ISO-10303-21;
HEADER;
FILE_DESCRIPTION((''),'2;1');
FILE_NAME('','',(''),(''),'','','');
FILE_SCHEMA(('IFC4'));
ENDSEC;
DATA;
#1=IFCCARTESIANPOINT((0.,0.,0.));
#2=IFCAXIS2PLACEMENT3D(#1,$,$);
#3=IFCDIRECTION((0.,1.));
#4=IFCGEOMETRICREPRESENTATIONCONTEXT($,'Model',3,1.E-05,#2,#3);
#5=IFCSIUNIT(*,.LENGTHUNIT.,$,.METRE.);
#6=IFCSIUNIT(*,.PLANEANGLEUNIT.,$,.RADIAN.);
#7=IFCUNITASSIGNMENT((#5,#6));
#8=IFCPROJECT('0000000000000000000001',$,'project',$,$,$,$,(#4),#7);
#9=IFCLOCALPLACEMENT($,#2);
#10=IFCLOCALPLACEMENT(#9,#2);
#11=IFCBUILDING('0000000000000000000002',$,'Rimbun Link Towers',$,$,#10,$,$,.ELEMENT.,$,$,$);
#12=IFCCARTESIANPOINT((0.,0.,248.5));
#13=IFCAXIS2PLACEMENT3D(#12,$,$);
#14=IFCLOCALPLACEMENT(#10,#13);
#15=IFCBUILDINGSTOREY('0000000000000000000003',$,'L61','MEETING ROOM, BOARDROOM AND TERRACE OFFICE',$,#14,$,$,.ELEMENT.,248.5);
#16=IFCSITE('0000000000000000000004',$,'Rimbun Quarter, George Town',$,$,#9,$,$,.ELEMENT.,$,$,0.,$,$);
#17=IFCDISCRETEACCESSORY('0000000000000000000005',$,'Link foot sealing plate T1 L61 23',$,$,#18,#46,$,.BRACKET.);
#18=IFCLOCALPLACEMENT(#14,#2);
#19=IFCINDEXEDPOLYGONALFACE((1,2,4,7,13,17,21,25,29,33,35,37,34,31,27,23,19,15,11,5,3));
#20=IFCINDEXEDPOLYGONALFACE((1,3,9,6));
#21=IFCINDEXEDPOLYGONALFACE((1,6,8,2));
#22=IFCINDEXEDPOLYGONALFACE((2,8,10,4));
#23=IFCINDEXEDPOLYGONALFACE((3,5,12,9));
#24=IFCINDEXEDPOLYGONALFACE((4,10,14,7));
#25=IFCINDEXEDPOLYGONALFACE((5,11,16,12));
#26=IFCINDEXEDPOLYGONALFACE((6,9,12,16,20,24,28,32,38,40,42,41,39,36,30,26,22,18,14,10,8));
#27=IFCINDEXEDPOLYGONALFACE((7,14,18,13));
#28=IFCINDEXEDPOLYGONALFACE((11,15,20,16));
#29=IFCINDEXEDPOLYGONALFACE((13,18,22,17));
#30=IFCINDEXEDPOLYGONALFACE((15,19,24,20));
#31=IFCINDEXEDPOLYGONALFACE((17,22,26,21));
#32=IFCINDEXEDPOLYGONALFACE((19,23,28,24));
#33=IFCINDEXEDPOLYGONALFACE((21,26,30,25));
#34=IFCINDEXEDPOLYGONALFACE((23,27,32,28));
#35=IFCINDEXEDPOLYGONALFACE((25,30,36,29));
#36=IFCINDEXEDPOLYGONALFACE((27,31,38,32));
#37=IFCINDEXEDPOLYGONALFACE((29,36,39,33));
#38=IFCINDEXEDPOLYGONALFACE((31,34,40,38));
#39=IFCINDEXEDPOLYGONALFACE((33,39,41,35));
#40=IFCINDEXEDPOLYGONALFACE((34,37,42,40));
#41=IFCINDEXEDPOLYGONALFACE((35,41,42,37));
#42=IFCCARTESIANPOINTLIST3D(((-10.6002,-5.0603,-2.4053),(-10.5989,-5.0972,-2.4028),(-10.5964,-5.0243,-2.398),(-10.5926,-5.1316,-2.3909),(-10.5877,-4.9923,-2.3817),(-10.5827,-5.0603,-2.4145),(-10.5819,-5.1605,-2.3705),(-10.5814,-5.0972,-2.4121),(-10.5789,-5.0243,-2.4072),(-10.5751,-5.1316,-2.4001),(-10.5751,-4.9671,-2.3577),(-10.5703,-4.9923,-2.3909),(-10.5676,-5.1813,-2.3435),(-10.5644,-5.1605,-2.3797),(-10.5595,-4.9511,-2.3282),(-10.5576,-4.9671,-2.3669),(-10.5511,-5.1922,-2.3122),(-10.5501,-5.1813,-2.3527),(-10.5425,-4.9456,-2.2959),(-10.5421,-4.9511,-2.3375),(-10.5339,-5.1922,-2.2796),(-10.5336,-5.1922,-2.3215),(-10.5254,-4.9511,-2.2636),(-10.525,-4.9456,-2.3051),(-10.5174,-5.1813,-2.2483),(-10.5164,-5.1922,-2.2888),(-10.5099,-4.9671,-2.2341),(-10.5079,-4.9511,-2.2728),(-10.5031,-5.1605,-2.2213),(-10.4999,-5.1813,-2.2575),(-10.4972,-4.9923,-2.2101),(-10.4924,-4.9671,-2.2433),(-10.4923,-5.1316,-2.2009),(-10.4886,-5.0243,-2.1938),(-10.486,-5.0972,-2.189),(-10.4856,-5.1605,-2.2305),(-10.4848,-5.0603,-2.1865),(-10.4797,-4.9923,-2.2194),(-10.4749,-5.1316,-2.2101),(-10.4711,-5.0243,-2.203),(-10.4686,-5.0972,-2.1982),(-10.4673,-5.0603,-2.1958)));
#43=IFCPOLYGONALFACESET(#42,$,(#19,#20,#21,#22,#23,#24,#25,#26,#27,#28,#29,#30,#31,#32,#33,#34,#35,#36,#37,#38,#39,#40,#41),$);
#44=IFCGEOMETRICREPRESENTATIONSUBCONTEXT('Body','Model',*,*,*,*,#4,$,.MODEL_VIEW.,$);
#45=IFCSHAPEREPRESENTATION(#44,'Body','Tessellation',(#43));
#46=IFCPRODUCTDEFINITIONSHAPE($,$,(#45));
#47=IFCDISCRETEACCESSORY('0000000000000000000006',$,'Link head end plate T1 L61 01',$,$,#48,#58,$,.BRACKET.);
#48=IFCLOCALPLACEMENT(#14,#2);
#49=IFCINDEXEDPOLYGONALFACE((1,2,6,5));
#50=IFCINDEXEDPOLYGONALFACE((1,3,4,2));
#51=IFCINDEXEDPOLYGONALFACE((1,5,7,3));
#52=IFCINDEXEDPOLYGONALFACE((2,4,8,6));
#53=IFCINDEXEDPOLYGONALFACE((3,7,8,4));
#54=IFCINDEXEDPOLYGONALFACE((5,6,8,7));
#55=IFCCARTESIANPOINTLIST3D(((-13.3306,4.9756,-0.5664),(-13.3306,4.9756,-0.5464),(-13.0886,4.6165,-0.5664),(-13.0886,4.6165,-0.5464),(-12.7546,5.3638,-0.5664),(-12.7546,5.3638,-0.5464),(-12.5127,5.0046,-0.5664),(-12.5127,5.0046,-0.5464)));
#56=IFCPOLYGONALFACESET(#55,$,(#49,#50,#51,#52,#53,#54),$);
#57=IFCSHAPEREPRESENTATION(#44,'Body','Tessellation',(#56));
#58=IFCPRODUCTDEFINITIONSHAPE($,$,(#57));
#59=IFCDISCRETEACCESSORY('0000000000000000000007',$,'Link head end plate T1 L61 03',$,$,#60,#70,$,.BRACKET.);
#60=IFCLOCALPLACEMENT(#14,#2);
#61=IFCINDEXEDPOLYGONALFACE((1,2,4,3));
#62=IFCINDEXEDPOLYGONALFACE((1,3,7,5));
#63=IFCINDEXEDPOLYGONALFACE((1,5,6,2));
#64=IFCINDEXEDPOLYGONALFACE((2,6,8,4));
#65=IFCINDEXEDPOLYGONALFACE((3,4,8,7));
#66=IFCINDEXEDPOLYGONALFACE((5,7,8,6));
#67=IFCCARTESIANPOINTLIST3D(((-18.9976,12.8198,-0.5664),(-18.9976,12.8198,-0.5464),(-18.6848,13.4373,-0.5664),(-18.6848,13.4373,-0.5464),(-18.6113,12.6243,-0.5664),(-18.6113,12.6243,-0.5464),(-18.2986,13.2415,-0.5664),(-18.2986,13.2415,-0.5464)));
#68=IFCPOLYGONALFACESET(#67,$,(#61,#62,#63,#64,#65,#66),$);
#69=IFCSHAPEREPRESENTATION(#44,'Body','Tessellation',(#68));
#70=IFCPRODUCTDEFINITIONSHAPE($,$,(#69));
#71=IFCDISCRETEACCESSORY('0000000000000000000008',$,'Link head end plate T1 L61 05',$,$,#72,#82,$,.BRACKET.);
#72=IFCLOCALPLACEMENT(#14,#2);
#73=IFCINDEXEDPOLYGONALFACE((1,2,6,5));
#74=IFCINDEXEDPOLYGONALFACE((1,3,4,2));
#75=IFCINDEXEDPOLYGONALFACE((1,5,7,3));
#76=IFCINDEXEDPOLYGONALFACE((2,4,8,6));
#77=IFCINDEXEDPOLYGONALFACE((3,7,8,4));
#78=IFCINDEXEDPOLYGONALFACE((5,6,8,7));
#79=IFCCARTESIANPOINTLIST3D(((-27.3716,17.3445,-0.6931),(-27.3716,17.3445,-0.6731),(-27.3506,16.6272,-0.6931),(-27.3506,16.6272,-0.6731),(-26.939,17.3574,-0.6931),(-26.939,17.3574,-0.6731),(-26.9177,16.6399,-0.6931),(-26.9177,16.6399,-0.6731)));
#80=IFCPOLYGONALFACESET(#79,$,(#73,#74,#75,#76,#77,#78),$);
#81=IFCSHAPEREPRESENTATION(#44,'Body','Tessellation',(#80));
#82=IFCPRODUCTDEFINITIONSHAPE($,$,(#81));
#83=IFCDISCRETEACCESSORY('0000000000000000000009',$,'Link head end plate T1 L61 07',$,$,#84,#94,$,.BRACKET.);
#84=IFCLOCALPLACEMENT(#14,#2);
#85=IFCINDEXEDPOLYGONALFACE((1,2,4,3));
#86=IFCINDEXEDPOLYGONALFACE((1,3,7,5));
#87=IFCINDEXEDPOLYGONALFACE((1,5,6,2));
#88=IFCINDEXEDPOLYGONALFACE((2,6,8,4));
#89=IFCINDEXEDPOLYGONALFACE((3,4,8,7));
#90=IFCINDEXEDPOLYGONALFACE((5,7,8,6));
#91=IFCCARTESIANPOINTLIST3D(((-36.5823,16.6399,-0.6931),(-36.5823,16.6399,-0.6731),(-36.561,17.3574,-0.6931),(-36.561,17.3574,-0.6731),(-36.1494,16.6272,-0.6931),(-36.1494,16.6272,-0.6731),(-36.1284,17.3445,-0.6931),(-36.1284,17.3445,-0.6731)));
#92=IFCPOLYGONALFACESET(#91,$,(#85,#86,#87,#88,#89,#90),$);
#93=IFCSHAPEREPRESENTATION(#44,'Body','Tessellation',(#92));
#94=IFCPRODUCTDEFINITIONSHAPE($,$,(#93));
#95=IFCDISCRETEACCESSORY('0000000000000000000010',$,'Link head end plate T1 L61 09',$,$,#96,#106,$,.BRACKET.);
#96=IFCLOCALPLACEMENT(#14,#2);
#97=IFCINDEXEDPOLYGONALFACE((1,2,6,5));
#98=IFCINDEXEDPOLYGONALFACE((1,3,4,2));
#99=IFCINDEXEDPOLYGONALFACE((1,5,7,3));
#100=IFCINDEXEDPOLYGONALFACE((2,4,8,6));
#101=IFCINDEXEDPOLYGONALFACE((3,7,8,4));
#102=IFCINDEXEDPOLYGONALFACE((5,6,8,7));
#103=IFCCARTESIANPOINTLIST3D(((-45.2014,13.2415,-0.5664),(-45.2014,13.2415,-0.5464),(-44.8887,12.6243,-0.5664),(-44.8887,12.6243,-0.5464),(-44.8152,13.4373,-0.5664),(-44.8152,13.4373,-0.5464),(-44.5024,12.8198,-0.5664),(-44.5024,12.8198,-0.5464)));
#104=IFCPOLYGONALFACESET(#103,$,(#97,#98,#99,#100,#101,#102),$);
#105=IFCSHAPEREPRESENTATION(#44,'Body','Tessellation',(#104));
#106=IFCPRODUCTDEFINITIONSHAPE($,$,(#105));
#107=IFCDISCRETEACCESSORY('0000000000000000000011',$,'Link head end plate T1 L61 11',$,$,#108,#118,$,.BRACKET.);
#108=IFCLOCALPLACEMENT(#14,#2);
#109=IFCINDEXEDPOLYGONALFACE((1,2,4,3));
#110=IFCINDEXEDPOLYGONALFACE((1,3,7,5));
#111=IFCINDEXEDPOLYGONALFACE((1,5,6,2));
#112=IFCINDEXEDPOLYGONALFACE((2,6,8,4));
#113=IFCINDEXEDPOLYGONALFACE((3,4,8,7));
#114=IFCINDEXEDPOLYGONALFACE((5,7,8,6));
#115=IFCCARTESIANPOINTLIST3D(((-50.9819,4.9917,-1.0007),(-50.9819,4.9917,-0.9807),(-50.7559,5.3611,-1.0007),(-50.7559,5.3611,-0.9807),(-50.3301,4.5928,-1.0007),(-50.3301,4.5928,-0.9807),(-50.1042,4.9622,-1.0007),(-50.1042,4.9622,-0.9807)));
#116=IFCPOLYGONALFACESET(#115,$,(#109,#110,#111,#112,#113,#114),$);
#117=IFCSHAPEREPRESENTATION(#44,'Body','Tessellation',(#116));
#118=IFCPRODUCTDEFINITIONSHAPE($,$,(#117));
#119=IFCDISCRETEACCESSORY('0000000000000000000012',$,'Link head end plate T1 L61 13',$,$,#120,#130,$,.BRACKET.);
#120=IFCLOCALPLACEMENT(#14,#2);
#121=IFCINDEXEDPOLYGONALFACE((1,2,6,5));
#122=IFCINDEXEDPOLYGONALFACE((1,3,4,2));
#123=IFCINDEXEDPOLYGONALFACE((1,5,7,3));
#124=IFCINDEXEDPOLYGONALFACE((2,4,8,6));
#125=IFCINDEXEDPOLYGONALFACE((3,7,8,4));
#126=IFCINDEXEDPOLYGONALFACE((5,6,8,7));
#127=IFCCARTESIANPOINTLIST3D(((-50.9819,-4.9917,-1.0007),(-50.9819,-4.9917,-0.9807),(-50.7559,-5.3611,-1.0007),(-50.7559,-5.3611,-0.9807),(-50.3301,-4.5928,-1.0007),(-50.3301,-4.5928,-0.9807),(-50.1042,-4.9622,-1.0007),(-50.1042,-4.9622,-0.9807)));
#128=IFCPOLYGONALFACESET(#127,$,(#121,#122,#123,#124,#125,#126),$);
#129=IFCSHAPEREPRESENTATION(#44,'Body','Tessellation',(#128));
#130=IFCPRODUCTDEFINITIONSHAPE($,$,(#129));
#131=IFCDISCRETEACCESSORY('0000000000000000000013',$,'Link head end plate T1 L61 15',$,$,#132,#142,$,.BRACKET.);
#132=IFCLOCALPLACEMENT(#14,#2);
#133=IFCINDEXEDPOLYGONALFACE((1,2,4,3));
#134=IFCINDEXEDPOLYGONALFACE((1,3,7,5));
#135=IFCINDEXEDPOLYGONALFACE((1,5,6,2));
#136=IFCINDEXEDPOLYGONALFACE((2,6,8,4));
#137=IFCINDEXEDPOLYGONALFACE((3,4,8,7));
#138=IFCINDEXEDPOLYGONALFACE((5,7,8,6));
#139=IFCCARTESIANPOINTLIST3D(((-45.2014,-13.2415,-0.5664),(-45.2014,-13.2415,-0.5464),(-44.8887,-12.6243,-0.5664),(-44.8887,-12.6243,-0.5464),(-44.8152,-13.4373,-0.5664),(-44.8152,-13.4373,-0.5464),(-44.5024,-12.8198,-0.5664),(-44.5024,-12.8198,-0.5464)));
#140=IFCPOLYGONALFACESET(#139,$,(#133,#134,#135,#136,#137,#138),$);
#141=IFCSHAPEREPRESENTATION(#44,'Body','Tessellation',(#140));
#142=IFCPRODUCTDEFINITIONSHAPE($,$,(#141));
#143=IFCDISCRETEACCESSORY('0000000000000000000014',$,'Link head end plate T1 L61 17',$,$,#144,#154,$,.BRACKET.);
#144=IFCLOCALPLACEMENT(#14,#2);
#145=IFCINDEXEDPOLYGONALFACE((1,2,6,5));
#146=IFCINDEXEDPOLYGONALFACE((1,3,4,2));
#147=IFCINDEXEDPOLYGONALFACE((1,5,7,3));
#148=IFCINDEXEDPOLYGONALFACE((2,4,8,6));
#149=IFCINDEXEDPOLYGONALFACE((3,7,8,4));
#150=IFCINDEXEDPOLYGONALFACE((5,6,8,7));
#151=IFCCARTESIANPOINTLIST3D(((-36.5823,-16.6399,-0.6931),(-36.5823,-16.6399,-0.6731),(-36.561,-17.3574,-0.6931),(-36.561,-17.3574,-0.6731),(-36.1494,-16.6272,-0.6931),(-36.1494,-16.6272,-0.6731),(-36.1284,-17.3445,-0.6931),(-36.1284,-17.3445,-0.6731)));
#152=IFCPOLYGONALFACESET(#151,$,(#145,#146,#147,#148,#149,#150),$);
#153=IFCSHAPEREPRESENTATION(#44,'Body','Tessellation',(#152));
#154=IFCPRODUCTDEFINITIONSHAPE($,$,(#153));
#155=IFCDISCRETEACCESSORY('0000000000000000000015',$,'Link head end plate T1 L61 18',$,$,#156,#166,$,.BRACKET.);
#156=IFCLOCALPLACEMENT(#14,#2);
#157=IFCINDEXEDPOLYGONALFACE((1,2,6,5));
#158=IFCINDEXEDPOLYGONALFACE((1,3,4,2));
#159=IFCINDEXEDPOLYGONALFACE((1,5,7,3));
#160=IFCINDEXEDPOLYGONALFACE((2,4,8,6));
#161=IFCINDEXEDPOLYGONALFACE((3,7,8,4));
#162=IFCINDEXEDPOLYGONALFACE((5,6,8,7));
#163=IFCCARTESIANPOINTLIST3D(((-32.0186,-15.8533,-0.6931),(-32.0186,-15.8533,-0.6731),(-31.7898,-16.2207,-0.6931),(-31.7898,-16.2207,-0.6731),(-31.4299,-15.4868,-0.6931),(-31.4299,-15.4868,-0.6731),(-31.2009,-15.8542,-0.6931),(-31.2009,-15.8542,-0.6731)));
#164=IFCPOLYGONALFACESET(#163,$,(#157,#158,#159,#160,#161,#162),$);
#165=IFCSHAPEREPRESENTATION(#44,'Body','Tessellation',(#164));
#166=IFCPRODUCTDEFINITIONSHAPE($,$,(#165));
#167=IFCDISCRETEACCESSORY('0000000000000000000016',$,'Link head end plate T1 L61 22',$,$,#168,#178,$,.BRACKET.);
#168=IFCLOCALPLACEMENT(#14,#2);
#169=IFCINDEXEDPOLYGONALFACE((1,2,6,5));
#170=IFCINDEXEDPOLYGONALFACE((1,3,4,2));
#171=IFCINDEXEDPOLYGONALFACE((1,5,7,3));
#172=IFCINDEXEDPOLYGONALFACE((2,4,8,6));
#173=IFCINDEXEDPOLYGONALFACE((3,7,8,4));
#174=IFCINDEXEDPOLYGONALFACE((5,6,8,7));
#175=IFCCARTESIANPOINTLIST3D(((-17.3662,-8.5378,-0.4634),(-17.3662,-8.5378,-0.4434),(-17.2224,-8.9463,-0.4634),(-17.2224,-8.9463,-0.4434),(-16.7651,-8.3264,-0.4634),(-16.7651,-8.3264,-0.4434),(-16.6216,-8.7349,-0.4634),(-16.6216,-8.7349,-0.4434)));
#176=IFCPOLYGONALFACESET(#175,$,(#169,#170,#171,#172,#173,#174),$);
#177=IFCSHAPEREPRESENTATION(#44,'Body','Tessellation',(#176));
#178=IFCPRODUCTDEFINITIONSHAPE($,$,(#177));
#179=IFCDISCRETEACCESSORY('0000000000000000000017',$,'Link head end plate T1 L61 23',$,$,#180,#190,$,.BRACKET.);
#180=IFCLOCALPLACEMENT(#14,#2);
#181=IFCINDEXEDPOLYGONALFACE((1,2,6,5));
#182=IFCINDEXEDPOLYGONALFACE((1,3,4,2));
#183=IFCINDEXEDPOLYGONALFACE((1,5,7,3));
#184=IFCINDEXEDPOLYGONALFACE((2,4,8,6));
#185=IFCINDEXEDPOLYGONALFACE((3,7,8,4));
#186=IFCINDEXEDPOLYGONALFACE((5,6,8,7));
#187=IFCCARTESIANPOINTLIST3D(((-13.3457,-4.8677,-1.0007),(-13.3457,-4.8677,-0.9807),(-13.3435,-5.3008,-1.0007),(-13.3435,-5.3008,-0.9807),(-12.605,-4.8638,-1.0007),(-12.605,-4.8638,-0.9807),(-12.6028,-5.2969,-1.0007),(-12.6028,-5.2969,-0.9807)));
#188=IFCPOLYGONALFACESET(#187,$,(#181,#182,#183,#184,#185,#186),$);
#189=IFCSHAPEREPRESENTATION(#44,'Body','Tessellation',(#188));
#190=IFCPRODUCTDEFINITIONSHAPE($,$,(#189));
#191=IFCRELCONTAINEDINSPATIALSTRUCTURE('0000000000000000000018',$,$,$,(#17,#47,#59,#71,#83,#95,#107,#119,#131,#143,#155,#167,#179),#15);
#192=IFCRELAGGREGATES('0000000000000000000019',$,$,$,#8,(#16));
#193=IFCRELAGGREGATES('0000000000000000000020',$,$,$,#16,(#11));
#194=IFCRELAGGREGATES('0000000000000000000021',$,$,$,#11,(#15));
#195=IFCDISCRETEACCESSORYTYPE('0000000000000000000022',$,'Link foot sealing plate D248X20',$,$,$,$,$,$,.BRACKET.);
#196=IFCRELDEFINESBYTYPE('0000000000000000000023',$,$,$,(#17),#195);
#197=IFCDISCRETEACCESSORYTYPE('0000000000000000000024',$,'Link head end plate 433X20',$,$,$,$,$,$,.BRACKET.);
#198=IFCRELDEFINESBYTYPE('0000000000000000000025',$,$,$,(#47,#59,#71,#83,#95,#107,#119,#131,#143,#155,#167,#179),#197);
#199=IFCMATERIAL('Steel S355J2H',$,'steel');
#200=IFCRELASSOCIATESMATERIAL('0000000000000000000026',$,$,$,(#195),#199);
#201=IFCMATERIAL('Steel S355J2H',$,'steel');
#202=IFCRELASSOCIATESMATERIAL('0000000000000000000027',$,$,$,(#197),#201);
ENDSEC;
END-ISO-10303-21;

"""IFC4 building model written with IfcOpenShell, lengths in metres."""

from ifc_helpers import new_model, si_unit, direction, frame, origin, origin_2d, place, context, subcontext, project, spatial, polyline, rectangle, circle, outline, extrude, material, material_profile, profile_set, type_object, element, save


model = new_model("IFC4")

# Units and contexts
model_context = context("Model", 3, precision=1e-05, world=origin(), true_north=direction((0.0, 1.0)))
body_context = subcontext(model_context, "Body", "Model", "MODEL_VIEW")
ifc_project = project(units=[si_unit("LENGTHUNIT", "METRE"), si_unit("PLANEANGLEUNIT", "RADIAN")], contexts=[model_context])

# Site, building, storey
site_placement = place(None, origin())
site = spatial("IfcSite", under=ifc_project, at=site_placement, Name="Rimbun Quarter, George Town", CompositionType="ELEMENT", RefElevation=0.0)
building_placement = place(site_placement, origin())
building = spatial("IfcBuilding", under=site, at=building_placement, Name="Rimbun Link Towers", CompositionType="ELEMENT")
storey_placement = place(building_placement, frame((0.0, 0.0, 248.5)))
storey = spatial("IfcBuildingStorey", under=building, at=storey_placement, Name="L61", Description="MEETING ROOM, BOARDROOM AND TERRACE OFFICE", CompositionType="ELEMENT", Elevation=248.5)

# Discrete accessories
ifc_material_1 = material(Name="Steel S355J2H", Category="steel")
ifc_material_profile_1 = material_profile(ifc_material_1, circle(Radius=0.124, at=origin_2d()), Name="PL D248")
ifc_profile_set_1 = profile_set([ifc_material_profile_1], Name="Steel S355J2H")
discrete_accessory_type_1 = type_object("IfcDiscreteAccessoryType", Name="Link foot sealing plate D248X20", PredefinedType="BRACKET", material=ifc_profile_set_1)
discrete_accessory_1_placement = place(storey_placement, frame((-10.5425, -5.0696, -2.2959), z_axis=(0.884385, 0.0, -0.466759), x_axis=(0.0, 1.0, 0.0)))
element("IfcDiscreteAccessory", 1, at=discrete_accessory_1_placement, inside=storey, type_object=discrete_accessory_type_1, Name="Link foot sealing plate T1 L61 23", PredefinedType="BRACKET", context=body_context, shape_type="SweptSolid", body=[
    extrude(circle(Radius=0.124, at=origin_2d()), origin(), (0.0, 0.0, 1.0), 0.0198),
])
ifc_material_2 = material(Name="Steel S355J2H", Category="steel")
ifc_material_profile_2 = material_profile(ifc_material_2, rectangle(XDim=0.4331, YDim=0.4331, at=origin_2d()), Name="PL 433x433")
ifc_profile_set_2 = profile_set([ifc_material_profile_2], Name="Steel S355J2H")
discrete_accessory_type_2 = type_object("IfcDiscreteAccessoryType", Name="Link head end plate 433X20", PredefinedType="BRACKET", material=ifc_profile_set_2)
discrete_accessory_2_placement = place(storey_placement, frame((0.0, 0.0, -0.5664)))
element("IfcDiscreteAccessory", 2, at=discrete_accessory_2_placement, inside=storey, type_object=discrete_accessory_type_2, Name="Link head end plate T1 L61 01", PredefinedType="BRACKET", context=body_context, shape_type="SweptSolid", body=[
    extrude(outline(polyline([(-13.0886, 4.6165), (-12.5127, 5.0046), (-12.7546, 5.3638), (-13.3306, 4.9756), (-13.0886, 4.6165)])), origin(), (0.0, 0.0, 1.0), 0.02),
])
discrete_accessory_3_placement = place(storey_placement, frame((0.0, 0.0, -0.5664)))
element("IfcDiscreteAccessory", 3, at=discrete_accessory_3_placement, inside=storey, type_object=discrete_accessory_type_2, Name="Link head end plate T1 L61 03", PredefinedType="BRACKET", context=body_context, shape_type="SweptSolid", body=[
    extrude(outline(polyline([(-18.6113, 12.6243), (-18.2986, 13.2415), (-18.6848, 13.4373), (-18.9976, 12.8198), (-18.6113, 12.6243)])), origin(), (0.0, 0.0, 1.0), 0.02),
])
discrete_accessory_4_placement = place(storey_placement, frame((0.0, 0.0, -0.6931)))
element("IfcDiscreteAccessory", 4, at=discrete_accessory_4_placement, inside=storey, type_object=discrete_accessory_type_2, Name="Link head end plate T1 L61 05", PredefinedType="BRACKET", context=body_context, shape_type="SweptSolid", body=[
    extrude(outline(polyline([(-26.9177, 16.6399), (-26.939, 17.3574), (-27.3716, 17.3445), (-27.3506, 16.6272), (-26.9177, 16.6399)])), origin(), (0.0, 0.0, 1.0), 0.02),
])
discrete_accessory_5_placement = place(storey_placement, frame((0.0, 0.0, -0.6931)))
element("IfcDiscreteAccessory", 5, at=discrete_accessory_5_placement, inside=storey, type_object=discrete_accessory_type_2, Name="Link head end plate T1 L61 07", PredefinedType="BRACKET", context=body_context, shape_type="SweptSolid", body=[
    extrude(outline(polyline([(-36.1494, 16.6272), (-36.1284, 17.3445), (-36.561, 17.3574), (-36.5823, 16.6399), (-36.1494, 16.6272)])), origin(), (0.0, 0.0, 1.0), 0.02),
])
discrete_accessory_6_placement = place(storey_placement, frame((0.0, 0.0, -0.5664)))
element("IfcDiscreteAccessory", 6, at=discrete_accessory_6_placement, inside=storey, type_object=discrete_accessory_type_2, Name="Link head end plate T1 L61 09", PredefinedType="BRACKET", context=body_context, shape_type="SweptSolid", body=[
    extrude(outline(polyline([(-44.5024, 12.8198), (-44.8152, 13.4373), (-45.2014, 13.2415), (-44.8887, 12.6243), (-44.5024, 12.8198)])), origin(), (0.0, 0.0, 1.0), 0.02),
])
discrete_accessory_7_placement = place(storey_placement, frame((0.0, 0.0, -1.0007)))
element("IfcDiscreteAccessory", 7, at=discrete_accessory_7_placement, inside=storey, type_object=discrete_accessory_type_2, Name="Link head end plate T1 L61 11", PredefinedType="BRACKET", context=body_context, shape_type="SweptSolid", body=[
    extrude(outline(polyline([(-50.1042, 4.9622), (-50.7559, 5.3611), (-50.9819, 4.9917), (-50.3301, 4.5928), (-50.1042, 4.9622)])), origin(), (0.0, 0.0, 1.0), 0.02),
])
discrete_accessory_8_placement = place(storey_placement, frame((0.0, 0.0, -1.0007)))
element("IfcDiscreteAccessory", 8, at=discrete_accessory_8_placement, inside=storey, type_object=discrete_accessory_type_2, Name="Link head end plate T1 L61 13", PredefinedType="BRACKET", context=body_context, shape_type="SweptSolid", body=[
    extrude(outline(polyline([(-50.3301, -4.5928), (-50.9819, -4.9917), (-50.7559, -5.3611), (-50.1042, -4.9622), (-50.3301, -4.5928)])), origin(), (0.0, 0.0, 1.0), 0.02),
])
discrete_accessory_9_placement = place(storey_placement, frame((0.0, 0.0, -0.5664)))
element("IfcDiscreteAccessory", 9, at=discrete_accessory_9_placement, inside=storey, type_object=discrete_accessory_type_2, Name="Link head end plate T1 L61 15", PredefinedType="BRACKET", context=body_context, shape_type="SweptSolid", body=[
    extrude(outline(polyline([(-44.8887, -12.6243), (-45.2014, -13.2415), (-44.8152, -13.4373), (-44.5024, -12.8198), (-44.8887, -12.6243)])), origin(), (0.0, 0.0, 1.0), 0.02),
])
discrete_accessory_10_placement = place(storey_placement, frame((0.0, 0.0, -0.6931)))
element("IfcDiscreteAccessory", 10, at=discrete_accessory_10_placement, inside=storey, type_object=discrete_accessory_type_2, Name="Link head end plate T1 L61 17", PredefinedType="BRACKET", context=body_context, shape_type="SweptSolid", body=[
    extrude(outline(polyline([(-36.5823, -16.6399), (-36.561, -17.3574), (-36.1284, -17.3445), (-36.1494, -16.6272), (-36.5823, -16.6399)])), origin(), (0.0, 0.0, 1.0), 0.02),
])
discrete_accessory_11_placement = place(storey_placement, frame((0.0, 0.0, -0.6931)))
element("IfcDiscreteAccessory", 11, at=discrete_accessory_11_placement, inside=storey, type_object=discrete_accessory_type_2, Name="Link head end plate T1 L61 18", PredefinedType="BRACKET", context=body_context, shape_type="SweptSolid", body=[
    extrude(outline(polyline([(-31.4299, -15.4868), (-32.0186, -15.8533), (-31.7898, -16.2207), (-31.2009, -15.8542), (-31.4299, -15.4868)])), origin(), (0.0, 0.0, 1.0), 0.02),
])
discrete_accessory_12_placement = place(storey_placement, frame((0.0, 0.0, -0.4634)))
element("IfcDiscreteAccessory", 12, at=discrete_accessory_12_placement, inside=storey, type_object=discrete_accessory_type_2, Name="Link head end plate T1 L61 22", PredefinedType="BRACKET", context=body_context, shape_type="SweptSolid", body=[
    extrude(outline(polyline([(-17.2224, -8.9463), (-16.6216, -8.7349), (-16.7651, -8.3264), (-17.3662, -8.5378), (-17.2224, -8.9463)])), origin(), (0.0, 0.0, 1.0), 0.02),
])
discrete_accessory_13_placement = place(storey_placement, frame((0.0, 0.0, -1.0007)))
element("IfcDiscreteAccessory", 13, at=discrete_accessory_13_placement, inside=storey, type_object=discrete_accessory_type_2, Name="Link head end plate T1 L61 23", PredefinedType="BRACKET", context=body_context, shape_type="SweptSolid", body=[
    extrude(outline(polyline([(-13.3435, -5.3008), (-12.6028, -5.2969), (-12.605, -4.8638), (-13.3457, -4.8677), (-13.3435, -5.3008)])), origin(), (0.0, 0.0, 1.0), 0.02),
])

save(model, "model.ifc")
